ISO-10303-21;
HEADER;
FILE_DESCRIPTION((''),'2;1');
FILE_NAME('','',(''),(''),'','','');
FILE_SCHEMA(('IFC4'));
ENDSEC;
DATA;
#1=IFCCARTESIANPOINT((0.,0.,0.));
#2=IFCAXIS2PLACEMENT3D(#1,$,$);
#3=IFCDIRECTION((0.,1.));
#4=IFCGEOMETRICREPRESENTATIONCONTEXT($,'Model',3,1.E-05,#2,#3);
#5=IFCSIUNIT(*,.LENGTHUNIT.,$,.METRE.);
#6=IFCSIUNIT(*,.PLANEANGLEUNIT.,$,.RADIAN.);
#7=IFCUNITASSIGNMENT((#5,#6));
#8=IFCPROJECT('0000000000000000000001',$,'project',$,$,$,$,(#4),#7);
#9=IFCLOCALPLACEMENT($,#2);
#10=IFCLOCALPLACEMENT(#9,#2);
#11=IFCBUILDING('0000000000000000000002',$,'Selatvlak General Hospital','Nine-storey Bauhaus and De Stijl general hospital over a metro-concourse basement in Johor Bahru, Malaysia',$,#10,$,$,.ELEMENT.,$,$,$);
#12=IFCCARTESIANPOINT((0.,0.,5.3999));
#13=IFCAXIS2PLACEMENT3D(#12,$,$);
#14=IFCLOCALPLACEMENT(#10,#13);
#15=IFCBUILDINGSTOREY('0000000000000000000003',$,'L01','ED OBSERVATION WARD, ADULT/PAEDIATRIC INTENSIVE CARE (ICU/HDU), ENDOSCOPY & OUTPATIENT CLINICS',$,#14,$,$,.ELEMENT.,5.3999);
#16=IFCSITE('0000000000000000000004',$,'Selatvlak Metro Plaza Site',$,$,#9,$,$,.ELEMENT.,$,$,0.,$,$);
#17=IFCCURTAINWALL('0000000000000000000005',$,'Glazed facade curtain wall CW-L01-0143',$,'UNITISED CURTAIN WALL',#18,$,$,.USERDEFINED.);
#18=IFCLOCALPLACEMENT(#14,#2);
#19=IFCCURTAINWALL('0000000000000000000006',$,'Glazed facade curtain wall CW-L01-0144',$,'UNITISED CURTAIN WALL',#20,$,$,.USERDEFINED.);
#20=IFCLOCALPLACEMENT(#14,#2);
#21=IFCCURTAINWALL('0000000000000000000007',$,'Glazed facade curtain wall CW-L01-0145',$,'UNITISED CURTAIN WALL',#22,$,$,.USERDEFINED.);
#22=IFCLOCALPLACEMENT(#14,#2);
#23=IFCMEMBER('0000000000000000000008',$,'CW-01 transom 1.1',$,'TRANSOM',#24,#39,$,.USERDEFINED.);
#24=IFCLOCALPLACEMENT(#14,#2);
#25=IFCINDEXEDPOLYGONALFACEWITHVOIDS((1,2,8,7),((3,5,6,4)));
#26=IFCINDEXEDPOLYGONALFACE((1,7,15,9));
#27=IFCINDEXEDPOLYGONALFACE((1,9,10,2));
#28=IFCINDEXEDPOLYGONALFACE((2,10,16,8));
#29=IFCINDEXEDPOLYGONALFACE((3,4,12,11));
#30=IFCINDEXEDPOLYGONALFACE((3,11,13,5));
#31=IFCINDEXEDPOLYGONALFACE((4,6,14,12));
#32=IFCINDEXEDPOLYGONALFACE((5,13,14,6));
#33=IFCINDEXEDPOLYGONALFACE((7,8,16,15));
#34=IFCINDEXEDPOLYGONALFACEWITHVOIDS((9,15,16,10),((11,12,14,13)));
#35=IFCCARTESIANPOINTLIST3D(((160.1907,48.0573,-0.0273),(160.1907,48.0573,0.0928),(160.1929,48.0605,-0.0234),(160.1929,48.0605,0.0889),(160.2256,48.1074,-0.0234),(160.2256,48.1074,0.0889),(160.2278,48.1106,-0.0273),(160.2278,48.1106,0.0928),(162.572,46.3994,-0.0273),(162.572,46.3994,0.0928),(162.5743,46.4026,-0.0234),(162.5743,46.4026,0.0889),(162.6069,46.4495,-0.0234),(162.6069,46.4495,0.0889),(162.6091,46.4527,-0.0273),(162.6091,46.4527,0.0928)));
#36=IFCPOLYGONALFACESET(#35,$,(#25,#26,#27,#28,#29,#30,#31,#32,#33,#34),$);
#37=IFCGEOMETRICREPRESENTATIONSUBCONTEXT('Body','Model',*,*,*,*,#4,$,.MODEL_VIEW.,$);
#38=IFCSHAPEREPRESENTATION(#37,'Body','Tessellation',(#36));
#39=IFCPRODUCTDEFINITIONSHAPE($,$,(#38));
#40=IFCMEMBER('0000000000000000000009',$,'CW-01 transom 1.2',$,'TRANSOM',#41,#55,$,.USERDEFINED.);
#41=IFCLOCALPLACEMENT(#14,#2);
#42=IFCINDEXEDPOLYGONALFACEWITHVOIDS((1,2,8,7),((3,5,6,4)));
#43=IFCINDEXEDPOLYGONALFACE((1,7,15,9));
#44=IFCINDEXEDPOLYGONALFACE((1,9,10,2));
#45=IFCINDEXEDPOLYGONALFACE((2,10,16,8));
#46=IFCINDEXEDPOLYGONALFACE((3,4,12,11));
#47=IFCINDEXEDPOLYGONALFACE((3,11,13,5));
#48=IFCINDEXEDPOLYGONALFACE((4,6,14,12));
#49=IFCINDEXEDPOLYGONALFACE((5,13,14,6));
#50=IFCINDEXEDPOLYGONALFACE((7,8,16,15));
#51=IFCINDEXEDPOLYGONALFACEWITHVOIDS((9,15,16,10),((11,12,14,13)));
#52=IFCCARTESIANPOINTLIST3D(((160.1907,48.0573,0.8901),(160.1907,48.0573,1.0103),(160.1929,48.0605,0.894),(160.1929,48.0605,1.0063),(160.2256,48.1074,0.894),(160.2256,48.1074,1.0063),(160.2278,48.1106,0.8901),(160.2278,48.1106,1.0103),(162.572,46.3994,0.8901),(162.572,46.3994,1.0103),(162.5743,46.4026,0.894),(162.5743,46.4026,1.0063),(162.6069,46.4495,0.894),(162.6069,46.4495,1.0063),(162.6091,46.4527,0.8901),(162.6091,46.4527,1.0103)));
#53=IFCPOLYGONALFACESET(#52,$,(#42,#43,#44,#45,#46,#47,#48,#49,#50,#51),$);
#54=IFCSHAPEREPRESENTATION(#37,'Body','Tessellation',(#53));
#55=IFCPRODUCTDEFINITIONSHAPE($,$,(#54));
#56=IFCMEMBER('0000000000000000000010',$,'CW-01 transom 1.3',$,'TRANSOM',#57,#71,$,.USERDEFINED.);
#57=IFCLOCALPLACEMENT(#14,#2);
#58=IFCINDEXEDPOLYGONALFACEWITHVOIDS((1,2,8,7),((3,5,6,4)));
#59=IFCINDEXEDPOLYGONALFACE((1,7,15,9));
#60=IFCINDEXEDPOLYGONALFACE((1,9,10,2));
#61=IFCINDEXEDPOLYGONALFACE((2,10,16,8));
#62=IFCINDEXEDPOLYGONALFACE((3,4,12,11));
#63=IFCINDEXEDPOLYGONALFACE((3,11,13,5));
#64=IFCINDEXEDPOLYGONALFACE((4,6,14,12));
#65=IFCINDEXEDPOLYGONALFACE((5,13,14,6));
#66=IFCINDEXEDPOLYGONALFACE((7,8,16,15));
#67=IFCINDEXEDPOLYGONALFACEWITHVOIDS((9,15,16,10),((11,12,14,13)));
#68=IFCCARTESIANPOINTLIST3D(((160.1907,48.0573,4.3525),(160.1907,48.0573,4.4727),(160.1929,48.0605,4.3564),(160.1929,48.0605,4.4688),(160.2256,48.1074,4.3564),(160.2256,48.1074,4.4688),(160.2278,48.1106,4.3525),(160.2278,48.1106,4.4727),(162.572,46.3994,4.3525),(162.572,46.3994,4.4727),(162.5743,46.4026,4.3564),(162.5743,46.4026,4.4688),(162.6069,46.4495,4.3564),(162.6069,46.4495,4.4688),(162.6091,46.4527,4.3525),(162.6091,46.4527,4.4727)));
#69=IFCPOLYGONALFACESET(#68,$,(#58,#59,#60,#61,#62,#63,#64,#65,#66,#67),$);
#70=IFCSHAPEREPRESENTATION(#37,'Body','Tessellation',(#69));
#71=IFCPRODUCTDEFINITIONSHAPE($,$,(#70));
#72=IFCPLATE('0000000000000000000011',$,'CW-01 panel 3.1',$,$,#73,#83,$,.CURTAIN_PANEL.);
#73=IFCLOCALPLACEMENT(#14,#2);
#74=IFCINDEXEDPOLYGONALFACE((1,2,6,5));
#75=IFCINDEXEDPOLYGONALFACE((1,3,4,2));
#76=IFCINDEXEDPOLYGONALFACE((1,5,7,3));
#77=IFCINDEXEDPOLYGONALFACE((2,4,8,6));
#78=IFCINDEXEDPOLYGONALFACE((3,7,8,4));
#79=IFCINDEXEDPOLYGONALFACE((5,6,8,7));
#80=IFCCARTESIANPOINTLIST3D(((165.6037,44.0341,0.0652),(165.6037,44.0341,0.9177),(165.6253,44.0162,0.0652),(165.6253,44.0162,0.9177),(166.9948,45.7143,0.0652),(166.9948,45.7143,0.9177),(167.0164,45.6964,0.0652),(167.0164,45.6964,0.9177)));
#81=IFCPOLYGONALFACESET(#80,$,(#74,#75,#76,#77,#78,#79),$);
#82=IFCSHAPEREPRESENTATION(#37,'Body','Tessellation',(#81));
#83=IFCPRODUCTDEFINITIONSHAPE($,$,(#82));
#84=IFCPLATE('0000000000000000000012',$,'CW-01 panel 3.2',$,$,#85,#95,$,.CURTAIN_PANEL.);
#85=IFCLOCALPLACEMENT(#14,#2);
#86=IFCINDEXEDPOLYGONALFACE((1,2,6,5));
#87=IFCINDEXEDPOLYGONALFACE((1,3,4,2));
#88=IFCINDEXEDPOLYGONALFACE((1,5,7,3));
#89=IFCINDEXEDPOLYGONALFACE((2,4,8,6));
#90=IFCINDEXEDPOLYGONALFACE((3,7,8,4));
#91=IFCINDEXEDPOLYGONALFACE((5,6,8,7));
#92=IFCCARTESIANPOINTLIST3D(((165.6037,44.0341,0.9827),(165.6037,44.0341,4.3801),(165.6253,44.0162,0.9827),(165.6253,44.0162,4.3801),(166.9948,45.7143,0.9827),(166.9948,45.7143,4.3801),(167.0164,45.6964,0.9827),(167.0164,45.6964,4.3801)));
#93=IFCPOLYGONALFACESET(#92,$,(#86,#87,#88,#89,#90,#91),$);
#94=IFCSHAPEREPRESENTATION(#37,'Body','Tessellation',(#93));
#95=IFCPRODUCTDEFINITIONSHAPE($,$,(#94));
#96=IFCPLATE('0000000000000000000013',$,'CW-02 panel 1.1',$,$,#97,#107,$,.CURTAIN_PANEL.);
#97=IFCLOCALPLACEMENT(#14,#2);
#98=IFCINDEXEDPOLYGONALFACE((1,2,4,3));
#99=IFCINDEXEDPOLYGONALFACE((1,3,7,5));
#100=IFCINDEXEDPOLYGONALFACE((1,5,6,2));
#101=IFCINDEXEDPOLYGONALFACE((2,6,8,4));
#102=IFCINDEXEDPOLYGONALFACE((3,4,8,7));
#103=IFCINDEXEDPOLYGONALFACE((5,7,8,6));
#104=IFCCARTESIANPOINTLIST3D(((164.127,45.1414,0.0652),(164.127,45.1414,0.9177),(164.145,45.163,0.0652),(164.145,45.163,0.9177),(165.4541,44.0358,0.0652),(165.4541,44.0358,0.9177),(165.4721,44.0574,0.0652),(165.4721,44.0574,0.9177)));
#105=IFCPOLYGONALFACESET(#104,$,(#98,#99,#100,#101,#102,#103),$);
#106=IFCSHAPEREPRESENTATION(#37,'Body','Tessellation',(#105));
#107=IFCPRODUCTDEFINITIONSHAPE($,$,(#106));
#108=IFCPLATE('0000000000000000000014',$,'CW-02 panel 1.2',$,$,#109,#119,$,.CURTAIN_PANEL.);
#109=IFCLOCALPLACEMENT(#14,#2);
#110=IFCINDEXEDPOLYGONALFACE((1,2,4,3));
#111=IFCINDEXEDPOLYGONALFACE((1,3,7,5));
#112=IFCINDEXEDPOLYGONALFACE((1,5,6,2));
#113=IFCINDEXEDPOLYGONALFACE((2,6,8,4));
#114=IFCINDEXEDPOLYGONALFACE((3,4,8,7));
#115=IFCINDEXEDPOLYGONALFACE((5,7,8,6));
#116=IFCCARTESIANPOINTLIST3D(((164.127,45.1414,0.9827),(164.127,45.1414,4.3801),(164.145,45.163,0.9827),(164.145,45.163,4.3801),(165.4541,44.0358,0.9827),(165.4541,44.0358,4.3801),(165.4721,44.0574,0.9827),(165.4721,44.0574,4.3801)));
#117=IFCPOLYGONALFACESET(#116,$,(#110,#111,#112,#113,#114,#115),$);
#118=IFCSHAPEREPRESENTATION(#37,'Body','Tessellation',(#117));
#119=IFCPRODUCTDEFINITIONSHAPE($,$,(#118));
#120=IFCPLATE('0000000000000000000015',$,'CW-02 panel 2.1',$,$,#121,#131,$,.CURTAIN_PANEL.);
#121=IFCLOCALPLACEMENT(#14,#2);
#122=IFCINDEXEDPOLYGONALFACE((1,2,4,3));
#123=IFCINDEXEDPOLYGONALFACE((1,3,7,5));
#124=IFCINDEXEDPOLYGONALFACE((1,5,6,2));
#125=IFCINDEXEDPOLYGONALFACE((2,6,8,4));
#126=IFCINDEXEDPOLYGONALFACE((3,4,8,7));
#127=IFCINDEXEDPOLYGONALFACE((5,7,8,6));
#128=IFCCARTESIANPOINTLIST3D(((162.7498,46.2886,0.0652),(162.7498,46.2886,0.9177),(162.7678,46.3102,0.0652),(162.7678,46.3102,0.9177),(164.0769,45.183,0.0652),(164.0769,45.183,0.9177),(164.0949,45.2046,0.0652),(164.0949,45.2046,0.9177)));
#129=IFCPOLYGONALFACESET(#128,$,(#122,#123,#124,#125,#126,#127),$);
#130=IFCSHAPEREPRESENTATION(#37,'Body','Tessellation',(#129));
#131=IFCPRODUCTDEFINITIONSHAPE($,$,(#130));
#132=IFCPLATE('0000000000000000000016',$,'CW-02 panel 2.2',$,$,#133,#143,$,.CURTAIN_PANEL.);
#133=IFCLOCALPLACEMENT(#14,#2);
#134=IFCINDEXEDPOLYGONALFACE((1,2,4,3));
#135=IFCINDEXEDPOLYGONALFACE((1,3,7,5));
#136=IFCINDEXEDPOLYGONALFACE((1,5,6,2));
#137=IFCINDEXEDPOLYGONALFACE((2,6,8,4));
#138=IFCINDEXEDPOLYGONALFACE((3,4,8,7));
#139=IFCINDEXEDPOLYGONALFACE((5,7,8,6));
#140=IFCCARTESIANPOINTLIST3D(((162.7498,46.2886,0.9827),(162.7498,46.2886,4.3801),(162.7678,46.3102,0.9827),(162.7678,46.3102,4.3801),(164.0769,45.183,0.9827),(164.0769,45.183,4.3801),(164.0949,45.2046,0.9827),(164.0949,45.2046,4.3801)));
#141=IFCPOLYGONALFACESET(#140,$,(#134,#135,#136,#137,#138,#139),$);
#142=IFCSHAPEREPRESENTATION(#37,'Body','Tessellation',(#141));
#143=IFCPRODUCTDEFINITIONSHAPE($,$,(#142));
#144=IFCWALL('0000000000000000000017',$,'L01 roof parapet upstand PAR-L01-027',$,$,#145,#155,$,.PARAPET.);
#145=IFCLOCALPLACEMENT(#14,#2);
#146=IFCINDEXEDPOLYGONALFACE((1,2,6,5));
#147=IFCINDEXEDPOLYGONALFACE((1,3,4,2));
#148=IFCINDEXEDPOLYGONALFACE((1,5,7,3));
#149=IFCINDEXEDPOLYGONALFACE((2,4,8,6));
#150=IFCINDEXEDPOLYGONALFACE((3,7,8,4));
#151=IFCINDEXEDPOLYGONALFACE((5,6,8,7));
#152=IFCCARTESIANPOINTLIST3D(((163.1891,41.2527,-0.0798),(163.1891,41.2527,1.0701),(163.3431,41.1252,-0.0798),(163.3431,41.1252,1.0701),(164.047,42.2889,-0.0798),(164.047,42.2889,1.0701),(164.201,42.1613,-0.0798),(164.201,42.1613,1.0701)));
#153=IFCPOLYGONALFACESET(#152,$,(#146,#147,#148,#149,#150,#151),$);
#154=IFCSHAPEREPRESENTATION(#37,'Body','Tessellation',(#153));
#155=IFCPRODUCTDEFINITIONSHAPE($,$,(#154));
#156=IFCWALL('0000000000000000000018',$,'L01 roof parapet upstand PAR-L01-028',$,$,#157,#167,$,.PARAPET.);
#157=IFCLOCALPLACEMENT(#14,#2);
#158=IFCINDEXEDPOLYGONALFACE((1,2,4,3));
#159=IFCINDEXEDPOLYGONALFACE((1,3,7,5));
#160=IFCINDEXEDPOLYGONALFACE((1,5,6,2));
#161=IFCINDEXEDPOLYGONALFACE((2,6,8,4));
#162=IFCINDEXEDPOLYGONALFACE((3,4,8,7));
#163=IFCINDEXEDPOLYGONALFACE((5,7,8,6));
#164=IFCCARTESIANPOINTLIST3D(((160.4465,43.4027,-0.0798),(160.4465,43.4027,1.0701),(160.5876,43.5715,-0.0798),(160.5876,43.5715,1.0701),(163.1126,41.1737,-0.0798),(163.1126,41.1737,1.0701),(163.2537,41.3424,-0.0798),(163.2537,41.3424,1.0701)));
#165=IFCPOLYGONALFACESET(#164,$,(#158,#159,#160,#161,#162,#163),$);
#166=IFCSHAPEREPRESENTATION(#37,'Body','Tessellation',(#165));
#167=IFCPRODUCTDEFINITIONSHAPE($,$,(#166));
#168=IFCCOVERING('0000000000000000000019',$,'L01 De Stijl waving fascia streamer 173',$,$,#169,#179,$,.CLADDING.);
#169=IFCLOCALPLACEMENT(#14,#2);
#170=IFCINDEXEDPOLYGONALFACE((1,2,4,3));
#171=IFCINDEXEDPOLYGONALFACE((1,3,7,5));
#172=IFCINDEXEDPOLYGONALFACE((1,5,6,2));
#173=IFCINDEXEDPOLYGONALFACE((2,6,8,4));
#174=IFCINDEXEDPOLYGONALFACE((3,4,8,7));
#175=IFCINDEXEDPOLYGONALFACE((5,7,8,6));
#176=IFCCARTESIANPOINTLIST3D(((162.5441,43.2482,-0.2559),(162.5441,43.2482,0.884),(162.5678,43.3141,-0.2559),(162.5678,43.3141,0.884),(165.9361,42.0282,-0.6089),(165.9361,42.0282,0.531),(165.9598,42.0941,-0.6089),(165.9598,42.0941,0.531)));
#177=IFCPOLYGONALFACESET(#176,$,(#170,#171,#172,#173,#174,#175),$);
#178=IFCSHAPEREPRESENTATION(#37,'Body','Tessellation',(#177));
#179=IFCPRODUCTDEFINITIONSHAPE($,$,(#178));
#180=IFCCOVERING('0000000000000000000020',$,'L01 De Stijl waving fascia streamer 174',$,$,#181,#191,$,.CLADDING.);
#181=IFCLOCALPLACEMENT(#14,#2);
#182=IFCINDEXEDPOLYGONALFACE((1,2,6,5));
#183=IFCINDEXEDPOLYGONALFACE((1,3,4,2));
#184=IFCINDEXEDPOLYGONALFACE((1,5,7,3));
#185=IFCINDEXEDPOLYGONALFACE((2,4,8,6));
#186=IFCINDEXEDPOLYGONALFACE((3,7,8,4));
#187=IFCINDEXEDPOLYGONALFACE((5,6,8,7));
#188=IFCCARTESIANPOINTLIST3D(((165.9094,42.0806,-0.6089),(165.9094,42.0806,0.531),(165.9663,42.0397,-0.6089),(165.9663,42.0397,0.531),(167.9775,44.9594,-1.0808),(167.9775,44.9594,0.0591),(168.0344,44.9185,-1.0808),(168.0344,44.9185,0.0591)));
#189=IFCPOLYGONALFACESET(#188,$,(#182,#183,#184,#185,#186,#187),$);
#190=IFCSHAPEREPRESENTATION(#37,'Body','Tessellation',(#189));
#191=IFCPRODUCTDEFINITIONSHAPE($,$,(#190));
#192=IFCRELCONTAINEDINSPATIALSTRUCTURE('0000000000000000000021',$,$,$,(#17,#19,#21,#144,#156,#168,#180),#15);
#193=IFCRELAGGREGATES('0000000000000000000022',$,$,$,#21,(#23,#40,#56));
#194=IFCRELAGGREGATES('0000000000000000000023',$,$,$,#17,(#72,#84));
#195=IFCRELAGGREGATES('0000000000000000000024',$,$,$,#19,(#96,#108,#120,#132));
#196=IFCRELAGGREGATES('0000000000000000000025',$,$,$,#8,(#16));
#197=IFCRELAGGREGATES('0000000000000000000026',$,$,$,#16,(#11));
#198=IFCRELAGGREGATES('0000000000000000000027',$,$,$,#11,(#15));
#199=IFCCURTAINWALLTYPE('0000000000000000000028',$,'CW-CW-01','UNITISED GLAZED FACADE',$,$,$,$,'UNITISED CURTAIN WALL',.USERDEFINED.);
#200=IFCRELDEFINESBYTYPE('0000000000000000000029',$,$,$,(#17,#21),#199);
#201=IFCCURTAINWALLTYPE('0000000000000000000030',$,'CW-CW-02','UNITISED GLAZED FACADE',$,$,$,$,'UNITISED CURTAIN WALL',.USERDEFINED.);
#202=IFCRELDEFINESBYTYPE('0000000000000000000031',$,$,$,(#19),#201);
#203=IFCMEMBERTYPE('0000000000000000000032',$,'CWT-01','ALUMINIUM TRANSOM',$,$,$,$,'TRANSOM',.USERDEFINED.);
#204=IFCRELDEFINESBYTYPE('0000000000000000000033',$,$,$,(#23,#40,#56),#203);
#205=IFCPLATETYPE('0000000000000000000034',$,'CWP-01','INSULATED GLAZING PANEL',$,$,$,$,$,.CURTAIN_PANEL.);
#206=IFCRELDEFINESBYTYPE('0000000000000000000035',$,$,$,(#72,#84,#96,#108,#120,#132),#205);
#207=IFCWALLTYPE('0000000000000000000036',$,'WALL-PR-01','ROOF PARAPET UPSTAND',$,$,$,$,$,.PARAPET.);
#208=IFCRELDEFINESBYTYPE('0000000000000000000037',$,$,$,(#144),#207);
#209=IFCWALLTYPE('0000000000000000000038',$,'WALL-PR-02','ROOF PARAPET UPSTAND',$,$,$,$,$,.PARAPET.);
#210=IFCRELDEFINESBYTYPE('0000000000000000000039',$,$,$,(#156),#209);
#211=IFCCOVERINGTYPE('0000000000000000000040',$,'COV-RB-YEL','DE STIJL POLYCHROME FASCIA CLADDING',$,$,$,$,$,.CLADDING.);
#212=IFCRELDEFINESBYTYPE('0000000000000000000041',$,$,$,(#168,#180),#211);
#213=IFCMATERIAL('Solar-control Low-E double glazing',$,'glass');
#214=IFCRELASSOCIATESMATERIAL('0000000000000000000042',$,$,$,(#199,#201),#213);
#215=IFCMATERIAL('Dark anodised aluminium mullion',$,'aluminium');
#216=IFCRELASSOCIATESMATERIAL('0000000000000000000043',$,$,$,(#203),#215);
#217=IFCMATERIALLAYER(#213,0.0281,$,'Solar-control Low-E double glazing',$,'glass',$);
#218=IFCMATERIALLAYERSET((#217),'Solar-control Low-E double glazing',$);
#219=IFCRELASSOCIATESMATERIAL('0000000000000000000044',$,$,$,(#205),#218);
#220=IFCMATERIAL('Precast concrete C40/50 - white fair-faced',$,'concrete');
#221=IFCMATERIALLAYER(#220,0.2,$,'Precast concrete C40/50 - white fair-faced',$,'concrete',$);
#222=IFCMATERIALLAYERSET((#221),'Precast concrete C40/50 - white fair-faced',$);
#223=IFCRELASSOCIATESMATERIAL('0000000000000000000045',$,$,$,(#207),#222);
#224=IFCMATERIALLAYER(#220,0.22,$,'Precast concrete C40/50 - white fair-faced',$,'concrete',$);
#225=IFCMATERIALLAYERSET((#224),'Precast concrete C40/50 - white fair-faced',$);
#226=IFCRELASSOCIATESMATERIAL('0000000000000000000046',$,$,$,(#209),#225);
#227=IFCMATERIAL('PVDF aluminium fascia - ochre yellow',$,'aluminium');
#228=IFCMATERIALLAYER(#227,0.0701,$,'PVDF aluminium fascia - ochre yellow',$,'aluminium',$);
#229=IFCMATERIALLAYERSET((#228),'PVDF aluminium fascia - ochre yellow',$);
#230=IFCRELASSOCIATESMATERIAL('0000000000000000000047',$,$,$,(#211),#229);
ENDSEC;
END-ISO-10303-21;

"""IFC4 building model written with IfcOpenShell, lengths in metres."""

from ifc_helpers import new_model, si_unit, direction, frame, frame_2d, origin, origin_2d, place, context, subcontext, project, spatial, polyline, rectangle, hollow_rectangle, outline, extrude, material, layer, layer_set, material_profile, profile_set, type_object, element, aggregate, save


model = new_model("IFC4")

# Units and contexts
model_context = context("Model", 3, precision=1e-05, world=origin(), true_north=direction((0.0, 1.0)))
body_context = subcontext(model_context, "Body", "Model", "MODEL_VIEW")
ifc_project = project(units=[si_unit("LENGTHUNIT", "METRE"), si_unit("PLANEANGLEUNIT", "RADIAN")], contexts=[model_context])

# Site, building, storey
site_placement = place(None, origin())
site = spatial("IfcSite", under=ifc_project, at=site_placement, Name="Selatvlak Metro Plaza Site", CompositionType="ELEMENT", RefElevation=0.0)
building_placement = place(site_placement, origin())
building = spatial("IfcBuilding", under=site, at=building_placement, Name="Selatvlak General Hospital", Description="Nine-storey Bauhaus and De Stijl general hospital over a metro-concourse basement in Johor Bahru, Malaysia", CompositionType="ELEMENT")
storey_placement = place(building_placement, frame((0.0, 0.0, 5.3999)))
storey = spatial("IfcBuildingStorey", under=building, at=storey_placement, Name="L01", Description="ED OBSERVATION WARD, ADULT/PAEDIATRIC INTENSIVE CARE (ICU/HDU), ENDOSCOPY & OUTPATIENT CLINICS", CompositionType="ELEMENT", Elevation=5.3999)

# Curtain wall
ifc_material_1 = material(Name="Solar-control Low-E double glazing", Category="glass")
curtain_wall_type_1 = type_object("IfcCurtainWallType", Name="CW-CW-01", Description="UNITISED GLAZED FACADE", ElementType="UNITISED CURTAIN WALL", PredefinedType="USERDEFINED", material=ifc_material_1)
curtain_wall_1_placement = place(storey_placement, origin())
curtain_wall_1 = element("IfcCurtainWall", 1, at=curtain_wall_1_placement, inside=storey, type_object=curtain_wall_type_1, Name="Glazed facade curtain wall CW-L01-0143", ObjectType="UNITISED CURTAIN WALL", PredefinedType="USERDEFINED")
ifc_material_2 = material(Name="Dark anodised aluminium mullion", Category="aluminium")

# Curtain wall
curtain_wall_type_2 = type_object("IfcCurtainWallType", Name="CW-CW-02", Description="UNITISED GLAZED FACADE", ElementType="UNITISED CURTAIN WALL", PredefinedType="USERDEFINED", material=ifc_material_1)
curtain_wall_2_placement = place(storey_placement, origin())
curtain_wall_2 = element("IfcCurtainWall", 2, at=curtain_wall_2_placement, inside=storey, type_object=curtain_wall_type_2, Name="Glazed facade curtain wall CW-L01-0144", ObjectType="UNITISED CURTAIN WALL", PredefinedType="USERDEFINED")

# Curtain wall
curtain_wall_3_placement = place(storey_placement, origin())
curtain_wall_3 = element("IfcCurtainWall", 3, at=curtain_wall_3_placement, inside=storey, type_object=curtain_wall_type_1, Name="Glazed facade curtain wall CW-L01-0145", ObjectType="UNITISED CURTAIN WALL", PredefinedType="USERDEFINED")

# Members
ifc_material_profile_1 = material_profile(ifc_material_2, hollow_rectangle(XDim=0.0649, YDim=0.1201, WallThickness=0.0039, at=origin_2d()), Name="AL-TRN 65x120x4")
ifc_profile_set_1 = profile_set([ifc_material_profile_1], Name="Dark anodised aluminium mullion")
member_type_1 = type_object("IfcMemberType", Name="CWT-01", Description="ALUMINIUM TRANSOM", ElementType="TRANSOM", PredefinedType="USERDEFINED", material=ifc_profile_set_1)
member_1_placement = place(storey_placement, frame((162.5906, 46.426, 0.0327), z_axis=(-0.820684, 0.571382, 0.0), x_axis=(-0.571382, -0.820684, 0.0)))
member_1 = element("IfcMember", 4, at=member_1_placement, type_object=member_type_1, Name="CW-01 transom 1.1", ObjectType="TRANSOM", PredefinedType="USERDEFINED", context=body_context, shape_type="SweptSolid", body=[
    extrude(hollow_rectangle(XDim=0.0649, YDim=0.1201, WallThickness=0.0039, at=origin_2d()), origin(), (0.0, 0.0, 1.0), 2.9016),
])
member_2_placement = place(storey_placement, frame((162.5906, 46.426, 0.9502), z_axis=(-0.820684, 0.571382, 0.0), x_axis=(-0.571382, -0.820684, 0.0)))
member_2 = element("IfcMember", 5, at=member_2_placement, type_object=member_type_1, Name="CW-01 transom 1.2", ObjectType="TRANSOM", PredefinedType="USERDEFINED", context=body_context, shape_type="SweptSolid", body=[
    extrude(hollow_rectangle(XDim=0.0649, YDim=0.1201, WallThickness=0.0039, at=origin_2d()), origin(), (0.0, 0.0, 1.0), 2.9016),
])
member_3_placement = place(storey_placement, frame((162.5906, 46.426, 4.4126), z_axis=(-0.820684, 0.571382, 0.0), x_axis=(-0.571382, -0.820684, 0.0)))
member_3 = element("IfcMember", 6, at=member_3_placement, type_object=member_type_1, Name="CW-01 transom 1.3", ObjectType="TRANSOM", PredefinedType="USERDEFINED", context=body_context, shape_type="SweptSolid", body=[
    extrude(hollow_rectangle(XDim=0.0649, YDim=0.1201, WallThickness=0.0039, at=origin_2d()), origin(), (0.0, 0.0, 1.0), 2.9016),
])
aggregate(curtain_wall_3, [member_1, member_2, member_3])

# Plates
ifc_layer_1 = layer(ifc_material_1, 0.0281, Name="Solar-control Low-E double glazing", Category="glass")
ifc_layer_set_1 = layer_set([ifc_layer_1], Name="Solar-control Low-E double glazing")
plate_type = type_object("IfcPlateType", Name="CWP-01", Description="INSULATED GLAZING PANEL", PredefinedType="CURTAIN_PANEL", material=ifc_layer_set_1)
plate_1_placement = place(storey_placement, frame((166.3101, 44.8652, 0.0652), z_axis=(0.0, 0.0, 1.0), x_axis=(-0.637735, -0.770256, 0.0)))
plate_1 = element("IfcPlate", 7, at=plate_1_placement, type_object=plate_type, Name="CW-01 panel 3.1", PredefinedType="CURTAIN_PANEL", context=body_context, shape_type="SweptSolid", body=[
    extrude(rectangle(XDim=2.1814, YDim=0.0281, at=origin_2d()), origin(), (0.0, 0.0, 1.0), 0.8525),
])
plate_2_placement = place(storey_placement, frame((166.3101, 44.8652, 0.9827), z_axis=(0.0, 0.0, 1.0), x_axis=(-0.637735, -0.770256, 0.0)))
plate_2 = element("IfcPlate", 8, at=plate_2_placement, type_object=plate_type, Name="CW-01 panel 3.2", PredefinedType="CURTAIN_PANEL", context=body_context, shape_type="SweptSolid", body=[
    extrude(rectangle(XDim=2.1814, YDim=0.0281, at=origin_2d()), origin(), (0.0, 0.0, 1.0), 3.3975),
])
aggregate(curtain_wall_1, [plate_1, plate_2])
plate_3_placement = place(storey_placement, frame((164.7996, 44.5994, 0.0652), z_axis=(0.0, 0.0, 1.0), x_axis=(-0.768311, 0.640077, 0.0)))
plate_3 = element("IfcPlate", 9, at=plate_3_placement, type_object=plate_type, Name="CW-02 panel 1.1", PredefinedType="CURTAIN_PANEL", context=body_context, shape_type="SweptSolid", body=[
    extrude(rectangle(XDim=1.7273, YDim=0.0281, at=origin_2d()), origin(), (0.0, 0.0, 1.0), 0.8525),
])
plate_4_placement = place(storey_placement, frame((164.7996, 44.5994, 0.9827), z_axis=(0.0, 0.0, 1.0), x_axis=(-0.768311, 0.640077, 0.0)))
plate_4 = element("IfcPlate", 10, at=plate_4_placement, type_object=plate_type, Name="CW-02 panel 1.2", PredefinedType="CURTAIN_PANEL", context=body_context, shape_type="SweptSolid", body=[
    extrude(rectangle(XDim=1.7273, YDim=0.0281, at=origin_2d()), origin(), (0.0, 0.0, 1.0), 3.3975),
])
plate_5_placement = place(storey_placement, frame((163.4224, 45.7466, 0.0652), z_axis=(0.0, 0.0, 1.0), x_axis=(-0.768311, 0.640077, 0.0)))
plate_5 = element("IfcPlate", 11, at=plate_5_placement, type_object=plate_type, Name="CW-02 panel 2.1", PredefinedType="CURTAIN_PANEL", context=body_context, shape_type="SweptSolid", body=[
    extrude(rectangle(XDim=1.7273, YDim=0.0281, at=origin_2d()), origin(), (0.0, 0.0, 1.0), 0.8525),
])
plate_6_placement = place(storey_placement, frame((163.4224, 45.7466, 0.9827), z_axis=(0.0, 0.0, 1.0), x_axis=(-0.768311, 0.640077, 0.0)))
plate_6 = element("IfcPlate", 12, at=plate_6_placement, type_object=plate_type, Name="CW-02 panel 2.2", PredefinedType="CURTAIN_PANEL", context=body_context, shape_type="SweptSolid", body=[
    extrude(rectangle(XDim=1.7273, YDim=0.0281, at=origin_2d()), origin(), (0.0, 0.0, 1.0), 3.3975),
])
aggregate(curtain_wall_2, [plate_3, plate_4, plate_5, plate_6])

# Walls
ifc_material_3 = material(Name="Precast concrete C40/50 - white fair-faced", Category="concrete")
ifc_layer_2 = layer(ifc_material_3, 0.2, Name="Precast concrete C40/50 - white fair-faced", Category="concrete")
ifc_layer_set_2 = layer_set([ifc_layer_2], Name="Precast concrete C40/50 - white fair-faced")
wall_type_1 = type_object("IfcWallType", Name="WALL-PR-01", Description="ROOF PARAPET UPSTAND", PredefinedType="PARAPET", material=ifc_layer_set_2)
wall_1_placement = place(storey_placement, frame((164.124, 42.2251, -0.0798), z_axis=(0.0, 0.0, 1.0), x_axis=(-0.637753, -0.770241, 0.0)))
element("IfcWall", 13, at=wall_1_placement, inside=storey, type_object=wall_type_1, Name="L01 roof parapet upstand PAR-L01-027", PredefinedType="PARAPET", context=body_context, shape_type="SweptSolid", body=[
    extrude(rectangle(XDim=1.3452, YDim=0.2, at=frame_2d((0.6726, 0.0))), origin(), (0.0, 0.0, 1.0), 1.1499),
])
ifc_layer_3 = layer(ifc_material_3, 0.22, Name="Precast concrete C40/50 - white fair-faced", Category="concrete")
ifc_layer_set_3 = layer_set([ifc_layer_3], Name="Precast concrete C40/50 - white fair-faced")
wall_type_2 = type_object("IfcWallType", Name="WALL-PR-02", Description="ROOF PARAPET UPSTAND", PredefinedType="PARAPET", material=ifc_layer_set_3)
wall_2_placement = place(storey_placement, frame((163.1831, 41.2581, -0.0798), z_axis=(0.0, 0.0, 1.0), x_axis=(-0.767184, 0.641427, 0.0)))
element("IfcWall", 14, at=wall_2_placement, inside=storey, type_object=wall_type_2, Name="L01 roof parapet upstand PAR-L01-028", PredefinedType="PARAPET", context=body_context, shape_type="SweptSolid", body=[
    extrude(rectangle(XDim=3.4751, YDim=0.22, at=frame_2d((1.7375, 0.0))), origin(), (0.0, 0.0, 1.0), 1.1499),
])

# Coverings
ifc_material_4 = material(Name="PVDF aluminium fascia - ochre yellow", Category="aluminium")
ifc_layer_4 = layer(ifc_material_4, 0.0701, Name="PVDF aluminium fascia - ochre yellow", Category="aluminium")
ifc_layer_set_4 = layer_set([ifc_layer_4], Name="PVDF aluminium fascia - ochre yellow")
covering_type_1 = type_object("IfcCoveringType", Name="COV-RB-YEL", Description="DE STIJL POLYCHROME FASCIA CLADDING", PredefinedType="CLADDING", material=ifc_layer_set_4)
covering_1_placement = place(storey_placement, frame((162.5559, 43.281, -0.2559), z_axis=(0.0, 0.0, 1.0), x_axis=(0.940992, -0.338429, 0.0)))
element("IfcCovering", 15, at=covering_1_placement, inside=storey, type_object=covering_type_1, Name="L01 De Stijl waving fascia streamer 173", PredefinedType="CLADDING", context=body_context, shape_type="SweptSolid", body=[
    extrude(outline(polyline([(0.0, 0.0), (3.6047, -0.353), (3.6047, 0.7869), (0.0, 1.1399), (0.0, 0.0)])), frame((0.0, 0.0352, 0.0), z_axis=(0.0, -1.0, 0.0), x_axis=(1.0, 0.0, 0.0)), (0.0, 0.0, 1.0), 0.0701),
])
covering_2_placement = place(storey_placement, frame((165.938, 42.0601, -0.6089), z_axis=(0.0, 0.0, 1.0), x_axis=(0.583432, 0.812162, 0.0)))
element("IfcCovering", 16, at=covering_2_placement, inside=storey, type_object=covering_type_1, Name="L01 De Stijl waving fascia streamer 174", PredefinedType="CLADDING", context=body_context, shape_type="SweptSolid", body=[
    extrude(outline(polyline([(0.0, 0.0), (3.5447, -0.4719), (3.5447, 0.668), (0.0, 1.1399), (0.0, 0.0)])), frame((0.0, 0.0352, 0.0), z_axis=(0.0, -1.0, 0.0), x_axis=(1.0, 0.0, 0.0)), (0.0, 0.0, 1.0), 0.0701),
])

save(model, "model.ifc")
